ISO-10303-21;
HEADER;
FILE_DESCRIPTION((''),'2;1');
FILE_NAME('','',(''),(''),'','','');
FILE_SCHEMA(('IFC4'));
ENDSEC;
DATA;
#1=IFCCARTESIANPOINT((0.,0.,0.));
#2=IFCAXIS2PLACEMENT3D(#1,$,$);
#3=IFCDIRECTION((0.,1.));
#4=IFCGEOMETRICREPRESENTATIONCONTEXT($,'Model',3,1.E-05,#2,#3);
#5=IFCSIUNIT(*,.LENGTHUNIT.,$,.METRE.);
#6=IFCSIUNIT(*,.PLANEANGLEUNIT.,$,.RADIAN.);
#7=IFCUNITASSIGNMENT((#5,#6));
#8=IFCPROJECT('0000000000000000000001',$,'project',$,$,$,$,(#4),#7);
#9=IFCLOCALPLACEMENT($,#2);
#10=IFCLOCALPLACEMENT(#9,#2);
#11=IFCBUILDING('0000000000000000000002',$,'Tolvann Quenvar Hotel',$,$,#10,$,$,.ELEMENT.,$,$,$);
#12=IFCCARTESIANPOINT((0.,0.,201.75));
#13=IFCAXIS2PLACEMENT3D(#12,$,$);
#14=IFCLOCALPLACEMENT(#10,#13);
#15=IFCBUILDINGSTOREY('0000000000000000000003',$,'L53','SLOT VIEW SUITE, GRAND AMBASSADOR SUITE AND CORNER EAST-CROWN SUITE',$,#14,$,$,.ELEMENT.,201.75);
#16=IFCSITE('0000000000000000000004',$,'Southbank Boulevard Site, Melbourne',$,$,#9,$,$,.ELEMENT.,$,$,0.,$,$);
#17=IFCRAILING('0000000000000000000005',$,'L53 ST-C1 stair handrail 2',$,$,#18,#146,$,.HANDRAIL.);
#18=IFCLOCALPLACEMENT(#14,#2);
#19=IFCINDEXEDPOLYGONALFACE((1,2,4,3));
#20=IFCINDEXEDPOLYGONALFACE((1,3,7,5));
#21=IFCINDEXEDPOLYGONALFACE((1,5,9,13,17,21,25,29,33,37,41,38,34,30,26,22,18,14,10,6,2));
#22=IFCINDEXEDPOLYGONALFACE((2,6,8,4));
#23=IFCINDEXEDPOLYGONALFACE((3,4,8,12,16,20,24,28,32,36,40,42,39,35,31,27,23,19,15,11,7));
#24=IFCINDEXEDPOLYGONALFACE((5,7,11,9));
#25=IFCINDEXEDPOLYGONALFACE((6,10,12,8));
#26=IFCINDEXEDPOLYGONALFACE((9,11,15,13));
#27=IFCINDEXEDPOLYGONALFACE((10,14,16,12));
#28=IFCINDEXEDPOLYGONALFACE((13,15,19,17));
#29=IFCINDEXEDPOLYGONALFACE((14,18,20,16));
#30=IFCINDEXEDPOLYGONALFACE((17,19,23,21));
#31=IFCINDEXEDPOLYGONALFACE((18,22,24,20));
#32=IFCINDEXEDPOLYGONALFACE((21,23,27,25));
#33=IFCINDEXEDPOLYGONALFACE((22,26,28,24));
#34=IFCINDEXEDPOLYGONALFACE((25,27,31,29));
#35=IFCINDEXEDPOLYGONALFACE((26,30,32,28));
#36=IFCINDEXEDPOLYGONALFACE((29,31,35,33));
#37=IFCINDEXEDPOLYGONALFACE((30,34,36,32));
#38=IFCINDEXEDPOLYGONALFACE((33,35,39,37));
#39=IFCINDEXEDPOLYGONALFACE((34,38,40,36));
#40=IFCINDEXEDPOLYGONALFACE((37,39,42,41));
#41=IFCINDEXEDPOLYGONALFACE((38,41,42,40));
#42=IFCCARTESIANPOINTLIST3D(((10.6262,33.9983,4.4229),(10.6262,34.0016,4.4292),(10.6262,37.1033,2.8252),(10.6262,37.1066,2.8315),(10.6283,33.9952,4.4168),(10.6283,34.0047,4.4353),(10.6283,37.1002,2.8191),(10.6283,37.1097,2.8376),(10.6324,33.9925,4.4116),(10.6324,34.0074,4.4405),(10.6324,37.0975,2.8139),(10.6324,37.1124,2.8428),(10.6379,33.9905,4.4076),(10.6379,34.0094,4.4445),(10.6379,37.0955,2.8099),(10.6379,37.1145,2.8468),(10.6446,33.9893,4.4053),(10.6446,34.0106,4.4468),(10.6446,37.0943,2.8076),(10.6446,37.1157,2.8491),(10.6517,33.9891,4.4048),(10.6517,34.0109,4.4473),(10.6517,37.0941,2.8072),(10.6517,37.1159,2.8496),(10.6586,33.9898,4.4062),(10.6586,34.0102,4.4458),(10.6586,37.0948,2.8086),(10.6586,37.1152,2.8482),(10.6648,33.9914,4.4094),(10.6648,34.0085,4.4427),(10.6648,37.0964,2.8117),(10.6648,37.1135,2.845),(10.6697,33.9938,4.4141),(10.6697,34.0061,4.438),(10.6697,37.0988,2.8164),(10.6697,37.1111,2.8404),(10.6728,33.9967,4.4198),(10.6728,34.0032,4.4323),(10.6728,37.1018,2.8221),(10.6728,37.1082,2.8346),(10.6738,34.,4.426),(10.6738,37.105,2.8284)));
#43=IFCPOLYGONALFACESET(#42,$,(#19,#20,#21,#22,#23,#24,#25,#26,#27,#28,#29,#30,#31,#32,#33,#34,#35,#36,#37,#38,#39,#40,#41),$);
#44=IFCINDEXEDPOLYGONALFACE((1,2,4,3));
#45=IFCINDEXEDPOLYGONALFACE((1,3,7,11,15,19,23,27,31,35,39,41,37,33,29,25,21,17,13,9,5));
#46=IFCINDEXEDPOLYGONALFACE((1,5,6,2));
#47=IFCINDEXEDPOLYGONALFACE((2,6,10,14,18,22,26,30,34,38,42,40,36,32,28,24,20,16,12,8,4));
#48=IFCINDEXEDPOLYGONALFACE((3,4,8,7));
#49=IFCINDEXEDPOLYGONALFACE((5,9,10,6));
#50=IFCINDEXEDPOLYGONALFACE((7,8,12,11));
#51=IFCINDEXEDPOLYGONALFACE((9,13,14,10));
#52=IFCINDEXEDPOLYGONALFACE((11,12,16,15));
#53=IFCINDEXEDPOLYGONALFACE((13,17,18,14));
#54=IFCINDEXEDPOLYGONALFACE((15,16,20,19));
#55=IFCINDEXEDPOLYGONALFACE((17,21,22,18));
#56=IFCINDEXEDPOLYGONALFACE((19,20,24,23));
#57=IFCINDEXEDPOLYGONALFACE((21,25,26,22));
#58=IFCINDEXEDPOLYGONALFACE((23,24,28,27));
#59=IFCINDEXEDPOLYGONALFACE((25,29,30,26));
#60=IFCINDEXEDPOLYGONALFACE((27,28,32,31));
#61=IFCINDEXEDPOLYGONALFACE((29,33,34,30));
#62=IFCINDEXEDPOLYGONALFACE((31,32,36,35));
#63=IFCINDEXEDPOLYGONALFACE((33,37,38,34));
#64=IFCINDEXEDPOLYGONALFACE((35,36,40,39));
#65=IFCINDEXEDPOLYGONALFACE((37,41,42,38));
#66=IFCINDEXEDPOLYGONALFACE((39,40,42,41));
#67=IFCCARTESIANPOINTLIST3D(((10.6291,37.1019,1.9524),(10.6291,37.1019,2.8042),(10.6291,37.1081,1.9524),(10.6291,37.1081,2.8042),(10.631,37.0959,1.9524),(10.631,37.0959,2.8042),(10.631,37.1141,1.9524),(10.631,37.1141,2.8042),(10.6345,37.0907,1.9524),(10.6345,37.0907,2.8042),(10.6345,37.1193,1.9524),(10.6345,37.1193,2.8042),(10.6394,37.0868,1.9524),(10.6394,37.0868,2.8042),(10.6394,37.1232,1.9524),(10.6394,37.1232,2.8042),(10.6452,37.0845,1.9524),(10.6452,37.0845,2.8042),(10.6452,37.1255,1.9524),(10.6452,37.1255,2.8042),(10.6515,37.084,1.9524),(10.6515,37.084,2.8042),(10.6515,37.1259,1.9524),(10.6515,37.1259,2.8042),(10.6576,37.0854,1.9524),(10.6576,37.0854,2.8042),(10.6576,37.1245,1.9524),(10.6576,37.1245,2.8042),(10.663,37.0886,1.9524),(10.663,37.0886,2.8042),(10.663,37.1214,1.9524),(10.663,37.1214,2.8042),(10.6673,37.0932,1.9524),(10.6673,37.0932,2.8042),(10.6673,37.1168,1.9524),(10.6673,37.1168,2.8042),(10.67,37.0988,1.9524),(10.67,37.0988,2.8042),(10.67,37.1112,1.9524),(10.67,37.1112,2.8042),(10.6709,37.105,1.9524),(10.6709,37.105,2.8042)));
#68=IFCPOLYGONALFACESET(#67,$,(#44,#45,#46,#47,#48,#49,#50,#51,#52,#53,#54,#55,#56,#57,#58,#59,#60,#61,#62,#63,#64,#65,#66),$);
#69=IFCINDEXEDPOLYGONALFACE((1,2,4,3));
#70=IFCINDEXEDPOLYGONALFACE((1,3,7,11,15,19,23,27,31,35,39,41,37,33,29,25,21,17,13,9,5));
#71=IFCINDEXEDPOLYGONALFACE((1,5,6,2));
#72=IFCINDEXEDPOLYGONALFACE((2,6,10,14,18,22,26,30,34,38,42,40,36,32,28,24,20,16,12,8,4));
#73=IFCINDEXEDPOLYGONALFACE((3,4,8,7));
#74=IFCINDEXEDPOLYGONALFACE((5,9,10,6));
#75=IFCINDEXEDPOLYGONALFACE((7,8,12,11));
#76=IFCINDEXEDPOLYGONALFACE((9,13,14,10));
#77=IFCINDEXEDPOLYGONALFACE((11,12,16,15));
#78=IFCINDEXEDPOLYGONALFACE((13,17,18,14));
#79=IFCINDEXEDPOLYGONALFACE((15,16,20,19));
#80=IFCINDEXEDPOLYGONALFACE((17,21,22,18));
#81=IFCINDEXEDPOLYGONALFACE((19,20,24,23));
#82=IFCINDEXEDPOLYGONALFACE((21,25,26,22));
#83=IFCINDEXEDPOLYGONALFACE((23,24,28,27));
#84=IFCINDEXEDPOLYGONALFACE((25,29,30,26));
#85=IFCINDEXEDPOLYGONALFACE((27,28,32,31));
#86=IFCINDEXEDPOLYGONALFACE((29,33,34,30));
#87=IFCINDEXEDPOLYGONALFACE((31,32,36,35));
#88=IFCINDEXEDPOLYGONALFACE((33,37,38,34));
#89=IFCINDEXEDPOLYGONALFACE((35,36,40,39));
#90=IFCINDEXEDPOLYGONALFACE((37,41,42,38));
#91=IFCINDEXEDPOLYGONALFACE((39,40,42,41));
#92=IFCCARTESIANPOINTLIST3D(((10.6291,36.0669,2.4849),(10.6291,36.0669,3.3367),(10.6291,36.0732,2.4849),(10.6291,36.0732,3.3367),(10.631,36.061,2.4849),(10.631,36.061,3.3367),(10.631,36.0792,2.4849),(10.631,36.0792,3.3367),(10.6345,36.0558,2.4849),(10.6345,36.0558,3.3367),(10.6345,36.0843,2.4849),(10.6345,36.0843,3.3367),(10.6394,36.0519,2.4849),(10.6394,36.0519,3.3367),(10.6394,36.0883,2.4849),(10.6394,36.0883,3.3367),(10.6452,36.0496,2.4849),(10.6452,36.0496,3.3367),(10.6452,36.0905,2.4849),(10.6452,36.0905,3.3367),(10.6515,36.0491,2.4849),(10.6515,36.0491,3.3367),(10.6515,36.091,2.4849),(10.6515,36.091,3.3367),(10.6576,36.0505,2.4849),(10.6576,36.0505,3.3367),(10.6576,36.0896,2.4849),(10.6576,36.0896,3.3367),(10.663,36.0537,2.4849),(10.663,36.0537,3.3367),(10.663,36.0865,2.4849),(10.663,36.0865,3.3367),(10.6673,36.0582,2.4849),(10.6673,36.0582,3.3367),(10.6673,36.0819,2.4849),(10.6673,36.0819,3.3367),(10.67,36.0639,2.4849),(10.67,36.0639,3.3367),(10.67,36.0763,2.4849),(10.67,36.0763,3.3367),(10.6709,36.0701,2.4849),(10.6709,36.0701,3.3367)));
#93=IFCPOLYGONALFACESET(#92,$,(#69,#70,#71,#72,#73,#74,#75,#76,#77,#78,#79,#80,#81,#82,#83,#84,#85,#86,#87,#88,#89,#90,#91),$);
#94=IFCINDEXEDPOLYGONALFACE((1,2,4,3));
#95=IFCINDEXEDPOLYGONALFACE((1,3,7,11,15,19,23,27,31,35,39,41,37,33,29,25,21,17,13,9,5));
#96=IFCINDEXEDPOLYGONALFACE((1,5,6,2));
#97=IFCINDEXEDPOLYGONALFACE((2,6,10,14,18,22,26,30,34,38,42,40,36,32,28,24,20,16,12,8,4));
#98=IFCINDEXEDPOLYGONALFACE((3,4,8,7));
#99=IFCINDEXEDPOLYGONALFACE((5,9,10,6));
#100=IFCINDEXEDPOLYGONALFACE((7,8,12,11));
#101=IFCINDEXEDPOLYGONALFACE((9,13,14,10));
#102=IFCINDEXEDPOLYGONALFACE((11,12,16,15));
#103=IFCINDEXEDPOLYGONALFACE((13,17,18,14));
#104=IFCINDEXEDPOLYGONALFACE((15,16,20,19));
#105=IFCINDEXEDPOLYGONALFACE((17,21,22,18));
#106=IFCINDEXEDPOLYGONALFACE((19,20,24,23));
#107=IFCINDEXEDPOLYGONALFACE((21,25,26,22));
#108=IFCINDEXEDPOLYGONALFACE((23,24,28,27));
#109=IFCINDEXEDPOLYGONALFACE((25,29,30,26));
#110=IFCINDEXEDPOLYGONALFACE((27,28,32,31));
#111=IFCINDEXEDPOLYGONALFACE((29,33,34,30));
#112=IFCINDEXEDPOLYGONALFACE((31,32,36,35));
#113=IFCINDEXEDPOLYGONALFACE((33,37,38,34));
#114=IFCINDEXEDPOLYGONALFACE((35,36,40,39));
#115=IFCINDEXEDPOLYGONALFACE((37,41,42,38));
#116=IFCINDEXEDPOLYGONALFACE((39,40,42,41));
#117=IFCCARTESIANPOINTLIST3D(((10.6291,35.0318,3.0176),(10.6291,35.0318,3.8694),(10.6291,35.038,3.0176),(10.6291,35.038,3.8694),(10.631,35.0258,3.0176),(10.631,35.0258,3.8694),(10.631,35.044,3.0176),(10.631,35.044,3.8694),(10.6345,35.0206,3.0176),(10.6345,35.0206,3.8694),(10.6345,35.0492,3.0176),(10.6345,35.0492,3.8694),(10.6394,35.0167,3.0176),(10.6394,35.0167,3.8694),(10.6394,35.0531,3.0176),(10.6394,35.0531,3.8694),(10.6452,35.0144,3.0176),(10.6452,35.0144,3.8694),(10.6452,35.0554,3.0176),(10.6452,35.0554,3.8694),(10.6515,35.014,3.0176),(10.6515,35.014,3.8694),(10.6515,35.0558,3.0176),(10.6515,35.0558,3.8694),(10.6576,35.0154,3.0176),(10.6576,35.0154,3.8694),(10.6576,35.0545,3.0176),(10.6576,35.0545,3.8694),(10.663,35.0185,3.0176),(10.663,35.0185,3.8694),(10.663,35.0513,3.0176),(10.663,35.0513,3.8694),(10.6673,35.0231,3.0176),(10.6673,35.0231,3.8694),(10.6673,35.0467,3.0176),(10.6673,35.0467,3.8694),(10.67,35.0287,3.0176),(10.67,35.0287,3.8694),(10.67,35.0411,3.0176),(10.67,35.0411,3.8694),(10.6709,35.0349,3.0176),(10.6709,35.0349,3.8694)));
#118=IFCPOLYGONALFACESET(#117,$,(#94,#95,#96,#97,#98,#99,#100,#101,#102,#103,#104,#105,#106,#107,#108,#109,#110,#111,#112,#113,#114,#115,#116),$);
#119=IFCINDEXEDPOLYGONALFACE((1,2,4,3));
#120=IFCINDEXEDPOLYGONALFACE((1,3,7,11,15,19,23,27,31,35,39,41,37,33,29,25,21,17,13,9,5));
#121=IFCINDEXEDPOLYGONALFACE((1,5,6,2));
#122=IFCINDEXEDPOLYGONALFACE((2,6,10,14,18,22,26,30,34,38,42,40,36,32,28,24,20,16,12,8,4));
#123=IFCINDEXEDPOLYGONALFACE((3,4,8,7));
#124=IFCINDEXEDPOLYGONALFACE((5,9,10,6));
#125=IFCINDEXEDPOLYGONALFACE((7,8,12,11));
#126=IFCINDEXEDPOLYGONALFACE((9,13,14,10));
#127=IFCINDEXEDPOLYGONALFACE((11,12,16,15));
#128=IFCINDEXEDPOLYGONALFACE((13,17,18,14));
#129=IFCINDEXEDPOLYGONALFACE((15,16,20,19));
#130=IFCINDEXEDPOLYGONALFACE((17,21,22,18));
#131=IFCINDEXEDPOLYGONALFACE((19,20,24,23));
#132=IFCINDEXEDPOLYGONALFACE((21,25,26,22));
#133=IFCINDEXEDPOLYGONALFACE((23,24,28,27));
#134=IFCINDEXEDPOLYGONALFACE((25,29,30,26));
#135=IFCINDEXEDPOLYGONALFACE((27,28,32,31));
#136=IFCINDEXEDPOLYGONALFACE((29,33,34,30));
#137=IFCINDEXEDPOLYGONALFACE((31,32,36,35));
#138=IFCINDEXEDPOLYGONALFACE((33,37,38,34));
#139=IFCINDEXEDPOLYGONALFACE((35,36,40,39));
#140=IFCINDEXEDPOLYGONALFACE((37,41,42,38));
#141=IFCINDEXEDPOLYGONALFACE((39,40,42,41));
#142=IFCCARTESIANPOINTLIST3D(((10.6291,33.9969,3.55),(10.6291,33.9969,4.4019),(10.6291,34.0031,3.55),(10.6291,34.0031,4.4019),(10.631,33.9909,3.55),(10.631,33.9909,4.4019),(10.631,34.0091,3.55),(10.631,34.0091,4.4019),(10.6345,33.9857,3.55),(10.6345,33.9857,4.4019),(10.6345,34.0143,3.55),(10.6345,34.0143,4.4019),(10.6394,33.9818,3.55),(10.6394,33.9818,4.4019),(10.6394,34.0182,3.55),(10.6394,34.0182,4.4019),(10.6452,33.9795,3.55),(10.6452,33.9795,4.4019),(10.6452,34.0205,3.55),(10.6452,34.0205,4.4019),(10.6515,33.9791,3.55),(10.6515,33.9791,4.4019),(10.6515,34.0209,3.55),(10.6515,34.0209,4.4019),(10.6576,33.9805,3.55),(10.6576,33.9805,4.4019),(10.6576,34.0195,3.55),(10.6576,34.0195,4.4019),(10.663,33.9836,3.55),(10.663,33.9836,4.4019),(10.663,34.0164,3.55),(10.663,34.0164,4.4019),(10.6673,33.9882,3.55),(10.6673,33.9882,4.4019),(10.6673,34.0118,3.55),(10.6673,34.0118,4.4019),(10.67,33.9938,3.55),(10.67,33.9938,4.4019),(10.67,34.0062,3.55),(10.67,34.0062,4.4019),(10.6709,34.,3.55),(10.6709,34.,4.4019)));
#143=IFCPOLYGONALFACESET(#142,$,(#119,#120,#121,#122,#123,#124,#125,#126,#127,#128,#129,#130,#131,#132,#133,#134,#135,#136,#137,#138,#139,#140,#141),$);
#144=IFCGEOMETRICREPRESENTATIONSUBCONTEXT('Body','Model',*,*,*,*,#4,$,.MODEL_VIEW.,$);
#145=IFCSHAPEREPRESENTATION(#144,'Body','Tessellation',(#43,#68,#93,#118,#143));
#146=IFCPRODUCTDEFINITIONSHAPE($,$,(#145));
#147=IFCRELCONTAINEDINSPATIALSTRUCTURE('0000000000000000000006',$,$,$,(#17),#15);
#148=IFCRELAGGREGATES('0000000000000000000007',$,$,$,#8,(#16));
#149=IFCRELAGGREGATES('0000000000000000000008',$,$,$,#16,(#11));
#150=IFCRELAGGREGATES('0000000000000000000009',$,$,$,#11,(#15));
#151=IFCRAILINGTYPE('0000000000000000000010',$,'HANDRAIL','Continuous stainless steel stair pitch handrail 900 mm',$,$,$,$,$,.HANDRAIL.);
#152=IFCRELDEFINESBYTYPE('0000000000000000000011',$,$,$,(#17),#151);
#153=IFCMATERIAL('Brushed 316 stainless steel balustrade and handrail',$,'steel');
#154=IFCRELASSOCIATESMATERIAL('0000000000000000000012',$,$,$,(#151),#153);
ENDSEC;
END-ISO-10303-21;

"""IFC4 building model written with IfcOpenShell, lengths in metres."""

from ifc_helpers import new_model, si_unit, direction, frame, origin, origin_2d, place, context, subcontext, project, spatial, circle, extrude, material, type_object, element, save


model = new_model("IFC4")

# Units and contexts
model_context = context("Model", 3, precision=1e-05, world=origin(), true_north=direction((0.0, 1.0)))
body_context = subcontext(model_context, "Body", "Model", "MODEL_VIEW")
ifc_project = project(units=[si_unit("LENGTHUNIT", "METRE"), si_unit("PLANEANGLEUNIT", "RADIAN")], contexts=[model_context])

# Site, building, storey
site_placement = place(None, origin())
site = spatial("IfcSite", under=ifc_project, at=site_placement, Name="Southbank Boulevard Site, Melbourne", CompositionType="ELEMENT", RefElevation=0.0)
building_placement = place(site_placement, origin())
building = spatial("IfcBuilding", under=site, at=building_placement, Name="Tolvann Quenvar Hotel", CompositionType="ELEMENT")
storey_placement = place(building_placement, frame((0.0, 0.0, 201.75)))
storey = spatial("IfcBuildingStorey", under=building, at=storey_placement, Name="L53", Description="SLOT VIEW SUITE, GRAND AMBASSADOR SUITE AND CORNER EAST-CROWN SUITE", CompositionType="ELEMENT", Elevation=201.75)

# Railing
ifc_material_1 = material(Name="Brushed 316 stainless steel balustrade and handrail", Category="steel")
railing_type = type_object("IfcRailingType", Name="HANDRAIL", Description="Continuous stainless steel stair pitch handrail 900 mm", PredefinedType="HANDRAIL", material=ifc_material_1)
railing_placement = place(storey_placement, frame((10.6499, 37.105, 1.9524)))
element("IfcRailing", 1, at=railing_placement, inside=storey, type_object=railing_type, Name="L53 ST-C1 stair handrail 2", PredefinedType="HANDRAIL", context=body_context, shape_type="SweptSolid", body=[
    extrude(circle(Radius=0.0239, at=origin_2d()), frame((0.0, 0.0, 0.876), z_axis=(0.0, -0.889194, 0.457531), x_axis=(1.0, 0.0, 0.0)), (0.0, 0.0, 1.0), 3.4919),
    extrude(circle(Radius=0.021, at=origin_2d()), origin(), (0.0, 0.0, 1.0), 0.8518),
    extrude(circle(Radius=0.021, at=origin_2d()), frame((0.0, -1.0349, 0.5325)), (0.0, 0.0, 1.0), 0.8518),
    extrude(circle(Radius=0.021, at=origin_2d()), frame((0.0, -2.0701, 1.0652)), (0.0, 0.0, 1.0), 0.8518),
    extrude(circle(Radius=0.021, at=origin_2d()), frame((0.0, -3.105, 1.5977)), (0.0, 0.0, 1.0), 0.8518),
])

save(model, "model.ifc")
